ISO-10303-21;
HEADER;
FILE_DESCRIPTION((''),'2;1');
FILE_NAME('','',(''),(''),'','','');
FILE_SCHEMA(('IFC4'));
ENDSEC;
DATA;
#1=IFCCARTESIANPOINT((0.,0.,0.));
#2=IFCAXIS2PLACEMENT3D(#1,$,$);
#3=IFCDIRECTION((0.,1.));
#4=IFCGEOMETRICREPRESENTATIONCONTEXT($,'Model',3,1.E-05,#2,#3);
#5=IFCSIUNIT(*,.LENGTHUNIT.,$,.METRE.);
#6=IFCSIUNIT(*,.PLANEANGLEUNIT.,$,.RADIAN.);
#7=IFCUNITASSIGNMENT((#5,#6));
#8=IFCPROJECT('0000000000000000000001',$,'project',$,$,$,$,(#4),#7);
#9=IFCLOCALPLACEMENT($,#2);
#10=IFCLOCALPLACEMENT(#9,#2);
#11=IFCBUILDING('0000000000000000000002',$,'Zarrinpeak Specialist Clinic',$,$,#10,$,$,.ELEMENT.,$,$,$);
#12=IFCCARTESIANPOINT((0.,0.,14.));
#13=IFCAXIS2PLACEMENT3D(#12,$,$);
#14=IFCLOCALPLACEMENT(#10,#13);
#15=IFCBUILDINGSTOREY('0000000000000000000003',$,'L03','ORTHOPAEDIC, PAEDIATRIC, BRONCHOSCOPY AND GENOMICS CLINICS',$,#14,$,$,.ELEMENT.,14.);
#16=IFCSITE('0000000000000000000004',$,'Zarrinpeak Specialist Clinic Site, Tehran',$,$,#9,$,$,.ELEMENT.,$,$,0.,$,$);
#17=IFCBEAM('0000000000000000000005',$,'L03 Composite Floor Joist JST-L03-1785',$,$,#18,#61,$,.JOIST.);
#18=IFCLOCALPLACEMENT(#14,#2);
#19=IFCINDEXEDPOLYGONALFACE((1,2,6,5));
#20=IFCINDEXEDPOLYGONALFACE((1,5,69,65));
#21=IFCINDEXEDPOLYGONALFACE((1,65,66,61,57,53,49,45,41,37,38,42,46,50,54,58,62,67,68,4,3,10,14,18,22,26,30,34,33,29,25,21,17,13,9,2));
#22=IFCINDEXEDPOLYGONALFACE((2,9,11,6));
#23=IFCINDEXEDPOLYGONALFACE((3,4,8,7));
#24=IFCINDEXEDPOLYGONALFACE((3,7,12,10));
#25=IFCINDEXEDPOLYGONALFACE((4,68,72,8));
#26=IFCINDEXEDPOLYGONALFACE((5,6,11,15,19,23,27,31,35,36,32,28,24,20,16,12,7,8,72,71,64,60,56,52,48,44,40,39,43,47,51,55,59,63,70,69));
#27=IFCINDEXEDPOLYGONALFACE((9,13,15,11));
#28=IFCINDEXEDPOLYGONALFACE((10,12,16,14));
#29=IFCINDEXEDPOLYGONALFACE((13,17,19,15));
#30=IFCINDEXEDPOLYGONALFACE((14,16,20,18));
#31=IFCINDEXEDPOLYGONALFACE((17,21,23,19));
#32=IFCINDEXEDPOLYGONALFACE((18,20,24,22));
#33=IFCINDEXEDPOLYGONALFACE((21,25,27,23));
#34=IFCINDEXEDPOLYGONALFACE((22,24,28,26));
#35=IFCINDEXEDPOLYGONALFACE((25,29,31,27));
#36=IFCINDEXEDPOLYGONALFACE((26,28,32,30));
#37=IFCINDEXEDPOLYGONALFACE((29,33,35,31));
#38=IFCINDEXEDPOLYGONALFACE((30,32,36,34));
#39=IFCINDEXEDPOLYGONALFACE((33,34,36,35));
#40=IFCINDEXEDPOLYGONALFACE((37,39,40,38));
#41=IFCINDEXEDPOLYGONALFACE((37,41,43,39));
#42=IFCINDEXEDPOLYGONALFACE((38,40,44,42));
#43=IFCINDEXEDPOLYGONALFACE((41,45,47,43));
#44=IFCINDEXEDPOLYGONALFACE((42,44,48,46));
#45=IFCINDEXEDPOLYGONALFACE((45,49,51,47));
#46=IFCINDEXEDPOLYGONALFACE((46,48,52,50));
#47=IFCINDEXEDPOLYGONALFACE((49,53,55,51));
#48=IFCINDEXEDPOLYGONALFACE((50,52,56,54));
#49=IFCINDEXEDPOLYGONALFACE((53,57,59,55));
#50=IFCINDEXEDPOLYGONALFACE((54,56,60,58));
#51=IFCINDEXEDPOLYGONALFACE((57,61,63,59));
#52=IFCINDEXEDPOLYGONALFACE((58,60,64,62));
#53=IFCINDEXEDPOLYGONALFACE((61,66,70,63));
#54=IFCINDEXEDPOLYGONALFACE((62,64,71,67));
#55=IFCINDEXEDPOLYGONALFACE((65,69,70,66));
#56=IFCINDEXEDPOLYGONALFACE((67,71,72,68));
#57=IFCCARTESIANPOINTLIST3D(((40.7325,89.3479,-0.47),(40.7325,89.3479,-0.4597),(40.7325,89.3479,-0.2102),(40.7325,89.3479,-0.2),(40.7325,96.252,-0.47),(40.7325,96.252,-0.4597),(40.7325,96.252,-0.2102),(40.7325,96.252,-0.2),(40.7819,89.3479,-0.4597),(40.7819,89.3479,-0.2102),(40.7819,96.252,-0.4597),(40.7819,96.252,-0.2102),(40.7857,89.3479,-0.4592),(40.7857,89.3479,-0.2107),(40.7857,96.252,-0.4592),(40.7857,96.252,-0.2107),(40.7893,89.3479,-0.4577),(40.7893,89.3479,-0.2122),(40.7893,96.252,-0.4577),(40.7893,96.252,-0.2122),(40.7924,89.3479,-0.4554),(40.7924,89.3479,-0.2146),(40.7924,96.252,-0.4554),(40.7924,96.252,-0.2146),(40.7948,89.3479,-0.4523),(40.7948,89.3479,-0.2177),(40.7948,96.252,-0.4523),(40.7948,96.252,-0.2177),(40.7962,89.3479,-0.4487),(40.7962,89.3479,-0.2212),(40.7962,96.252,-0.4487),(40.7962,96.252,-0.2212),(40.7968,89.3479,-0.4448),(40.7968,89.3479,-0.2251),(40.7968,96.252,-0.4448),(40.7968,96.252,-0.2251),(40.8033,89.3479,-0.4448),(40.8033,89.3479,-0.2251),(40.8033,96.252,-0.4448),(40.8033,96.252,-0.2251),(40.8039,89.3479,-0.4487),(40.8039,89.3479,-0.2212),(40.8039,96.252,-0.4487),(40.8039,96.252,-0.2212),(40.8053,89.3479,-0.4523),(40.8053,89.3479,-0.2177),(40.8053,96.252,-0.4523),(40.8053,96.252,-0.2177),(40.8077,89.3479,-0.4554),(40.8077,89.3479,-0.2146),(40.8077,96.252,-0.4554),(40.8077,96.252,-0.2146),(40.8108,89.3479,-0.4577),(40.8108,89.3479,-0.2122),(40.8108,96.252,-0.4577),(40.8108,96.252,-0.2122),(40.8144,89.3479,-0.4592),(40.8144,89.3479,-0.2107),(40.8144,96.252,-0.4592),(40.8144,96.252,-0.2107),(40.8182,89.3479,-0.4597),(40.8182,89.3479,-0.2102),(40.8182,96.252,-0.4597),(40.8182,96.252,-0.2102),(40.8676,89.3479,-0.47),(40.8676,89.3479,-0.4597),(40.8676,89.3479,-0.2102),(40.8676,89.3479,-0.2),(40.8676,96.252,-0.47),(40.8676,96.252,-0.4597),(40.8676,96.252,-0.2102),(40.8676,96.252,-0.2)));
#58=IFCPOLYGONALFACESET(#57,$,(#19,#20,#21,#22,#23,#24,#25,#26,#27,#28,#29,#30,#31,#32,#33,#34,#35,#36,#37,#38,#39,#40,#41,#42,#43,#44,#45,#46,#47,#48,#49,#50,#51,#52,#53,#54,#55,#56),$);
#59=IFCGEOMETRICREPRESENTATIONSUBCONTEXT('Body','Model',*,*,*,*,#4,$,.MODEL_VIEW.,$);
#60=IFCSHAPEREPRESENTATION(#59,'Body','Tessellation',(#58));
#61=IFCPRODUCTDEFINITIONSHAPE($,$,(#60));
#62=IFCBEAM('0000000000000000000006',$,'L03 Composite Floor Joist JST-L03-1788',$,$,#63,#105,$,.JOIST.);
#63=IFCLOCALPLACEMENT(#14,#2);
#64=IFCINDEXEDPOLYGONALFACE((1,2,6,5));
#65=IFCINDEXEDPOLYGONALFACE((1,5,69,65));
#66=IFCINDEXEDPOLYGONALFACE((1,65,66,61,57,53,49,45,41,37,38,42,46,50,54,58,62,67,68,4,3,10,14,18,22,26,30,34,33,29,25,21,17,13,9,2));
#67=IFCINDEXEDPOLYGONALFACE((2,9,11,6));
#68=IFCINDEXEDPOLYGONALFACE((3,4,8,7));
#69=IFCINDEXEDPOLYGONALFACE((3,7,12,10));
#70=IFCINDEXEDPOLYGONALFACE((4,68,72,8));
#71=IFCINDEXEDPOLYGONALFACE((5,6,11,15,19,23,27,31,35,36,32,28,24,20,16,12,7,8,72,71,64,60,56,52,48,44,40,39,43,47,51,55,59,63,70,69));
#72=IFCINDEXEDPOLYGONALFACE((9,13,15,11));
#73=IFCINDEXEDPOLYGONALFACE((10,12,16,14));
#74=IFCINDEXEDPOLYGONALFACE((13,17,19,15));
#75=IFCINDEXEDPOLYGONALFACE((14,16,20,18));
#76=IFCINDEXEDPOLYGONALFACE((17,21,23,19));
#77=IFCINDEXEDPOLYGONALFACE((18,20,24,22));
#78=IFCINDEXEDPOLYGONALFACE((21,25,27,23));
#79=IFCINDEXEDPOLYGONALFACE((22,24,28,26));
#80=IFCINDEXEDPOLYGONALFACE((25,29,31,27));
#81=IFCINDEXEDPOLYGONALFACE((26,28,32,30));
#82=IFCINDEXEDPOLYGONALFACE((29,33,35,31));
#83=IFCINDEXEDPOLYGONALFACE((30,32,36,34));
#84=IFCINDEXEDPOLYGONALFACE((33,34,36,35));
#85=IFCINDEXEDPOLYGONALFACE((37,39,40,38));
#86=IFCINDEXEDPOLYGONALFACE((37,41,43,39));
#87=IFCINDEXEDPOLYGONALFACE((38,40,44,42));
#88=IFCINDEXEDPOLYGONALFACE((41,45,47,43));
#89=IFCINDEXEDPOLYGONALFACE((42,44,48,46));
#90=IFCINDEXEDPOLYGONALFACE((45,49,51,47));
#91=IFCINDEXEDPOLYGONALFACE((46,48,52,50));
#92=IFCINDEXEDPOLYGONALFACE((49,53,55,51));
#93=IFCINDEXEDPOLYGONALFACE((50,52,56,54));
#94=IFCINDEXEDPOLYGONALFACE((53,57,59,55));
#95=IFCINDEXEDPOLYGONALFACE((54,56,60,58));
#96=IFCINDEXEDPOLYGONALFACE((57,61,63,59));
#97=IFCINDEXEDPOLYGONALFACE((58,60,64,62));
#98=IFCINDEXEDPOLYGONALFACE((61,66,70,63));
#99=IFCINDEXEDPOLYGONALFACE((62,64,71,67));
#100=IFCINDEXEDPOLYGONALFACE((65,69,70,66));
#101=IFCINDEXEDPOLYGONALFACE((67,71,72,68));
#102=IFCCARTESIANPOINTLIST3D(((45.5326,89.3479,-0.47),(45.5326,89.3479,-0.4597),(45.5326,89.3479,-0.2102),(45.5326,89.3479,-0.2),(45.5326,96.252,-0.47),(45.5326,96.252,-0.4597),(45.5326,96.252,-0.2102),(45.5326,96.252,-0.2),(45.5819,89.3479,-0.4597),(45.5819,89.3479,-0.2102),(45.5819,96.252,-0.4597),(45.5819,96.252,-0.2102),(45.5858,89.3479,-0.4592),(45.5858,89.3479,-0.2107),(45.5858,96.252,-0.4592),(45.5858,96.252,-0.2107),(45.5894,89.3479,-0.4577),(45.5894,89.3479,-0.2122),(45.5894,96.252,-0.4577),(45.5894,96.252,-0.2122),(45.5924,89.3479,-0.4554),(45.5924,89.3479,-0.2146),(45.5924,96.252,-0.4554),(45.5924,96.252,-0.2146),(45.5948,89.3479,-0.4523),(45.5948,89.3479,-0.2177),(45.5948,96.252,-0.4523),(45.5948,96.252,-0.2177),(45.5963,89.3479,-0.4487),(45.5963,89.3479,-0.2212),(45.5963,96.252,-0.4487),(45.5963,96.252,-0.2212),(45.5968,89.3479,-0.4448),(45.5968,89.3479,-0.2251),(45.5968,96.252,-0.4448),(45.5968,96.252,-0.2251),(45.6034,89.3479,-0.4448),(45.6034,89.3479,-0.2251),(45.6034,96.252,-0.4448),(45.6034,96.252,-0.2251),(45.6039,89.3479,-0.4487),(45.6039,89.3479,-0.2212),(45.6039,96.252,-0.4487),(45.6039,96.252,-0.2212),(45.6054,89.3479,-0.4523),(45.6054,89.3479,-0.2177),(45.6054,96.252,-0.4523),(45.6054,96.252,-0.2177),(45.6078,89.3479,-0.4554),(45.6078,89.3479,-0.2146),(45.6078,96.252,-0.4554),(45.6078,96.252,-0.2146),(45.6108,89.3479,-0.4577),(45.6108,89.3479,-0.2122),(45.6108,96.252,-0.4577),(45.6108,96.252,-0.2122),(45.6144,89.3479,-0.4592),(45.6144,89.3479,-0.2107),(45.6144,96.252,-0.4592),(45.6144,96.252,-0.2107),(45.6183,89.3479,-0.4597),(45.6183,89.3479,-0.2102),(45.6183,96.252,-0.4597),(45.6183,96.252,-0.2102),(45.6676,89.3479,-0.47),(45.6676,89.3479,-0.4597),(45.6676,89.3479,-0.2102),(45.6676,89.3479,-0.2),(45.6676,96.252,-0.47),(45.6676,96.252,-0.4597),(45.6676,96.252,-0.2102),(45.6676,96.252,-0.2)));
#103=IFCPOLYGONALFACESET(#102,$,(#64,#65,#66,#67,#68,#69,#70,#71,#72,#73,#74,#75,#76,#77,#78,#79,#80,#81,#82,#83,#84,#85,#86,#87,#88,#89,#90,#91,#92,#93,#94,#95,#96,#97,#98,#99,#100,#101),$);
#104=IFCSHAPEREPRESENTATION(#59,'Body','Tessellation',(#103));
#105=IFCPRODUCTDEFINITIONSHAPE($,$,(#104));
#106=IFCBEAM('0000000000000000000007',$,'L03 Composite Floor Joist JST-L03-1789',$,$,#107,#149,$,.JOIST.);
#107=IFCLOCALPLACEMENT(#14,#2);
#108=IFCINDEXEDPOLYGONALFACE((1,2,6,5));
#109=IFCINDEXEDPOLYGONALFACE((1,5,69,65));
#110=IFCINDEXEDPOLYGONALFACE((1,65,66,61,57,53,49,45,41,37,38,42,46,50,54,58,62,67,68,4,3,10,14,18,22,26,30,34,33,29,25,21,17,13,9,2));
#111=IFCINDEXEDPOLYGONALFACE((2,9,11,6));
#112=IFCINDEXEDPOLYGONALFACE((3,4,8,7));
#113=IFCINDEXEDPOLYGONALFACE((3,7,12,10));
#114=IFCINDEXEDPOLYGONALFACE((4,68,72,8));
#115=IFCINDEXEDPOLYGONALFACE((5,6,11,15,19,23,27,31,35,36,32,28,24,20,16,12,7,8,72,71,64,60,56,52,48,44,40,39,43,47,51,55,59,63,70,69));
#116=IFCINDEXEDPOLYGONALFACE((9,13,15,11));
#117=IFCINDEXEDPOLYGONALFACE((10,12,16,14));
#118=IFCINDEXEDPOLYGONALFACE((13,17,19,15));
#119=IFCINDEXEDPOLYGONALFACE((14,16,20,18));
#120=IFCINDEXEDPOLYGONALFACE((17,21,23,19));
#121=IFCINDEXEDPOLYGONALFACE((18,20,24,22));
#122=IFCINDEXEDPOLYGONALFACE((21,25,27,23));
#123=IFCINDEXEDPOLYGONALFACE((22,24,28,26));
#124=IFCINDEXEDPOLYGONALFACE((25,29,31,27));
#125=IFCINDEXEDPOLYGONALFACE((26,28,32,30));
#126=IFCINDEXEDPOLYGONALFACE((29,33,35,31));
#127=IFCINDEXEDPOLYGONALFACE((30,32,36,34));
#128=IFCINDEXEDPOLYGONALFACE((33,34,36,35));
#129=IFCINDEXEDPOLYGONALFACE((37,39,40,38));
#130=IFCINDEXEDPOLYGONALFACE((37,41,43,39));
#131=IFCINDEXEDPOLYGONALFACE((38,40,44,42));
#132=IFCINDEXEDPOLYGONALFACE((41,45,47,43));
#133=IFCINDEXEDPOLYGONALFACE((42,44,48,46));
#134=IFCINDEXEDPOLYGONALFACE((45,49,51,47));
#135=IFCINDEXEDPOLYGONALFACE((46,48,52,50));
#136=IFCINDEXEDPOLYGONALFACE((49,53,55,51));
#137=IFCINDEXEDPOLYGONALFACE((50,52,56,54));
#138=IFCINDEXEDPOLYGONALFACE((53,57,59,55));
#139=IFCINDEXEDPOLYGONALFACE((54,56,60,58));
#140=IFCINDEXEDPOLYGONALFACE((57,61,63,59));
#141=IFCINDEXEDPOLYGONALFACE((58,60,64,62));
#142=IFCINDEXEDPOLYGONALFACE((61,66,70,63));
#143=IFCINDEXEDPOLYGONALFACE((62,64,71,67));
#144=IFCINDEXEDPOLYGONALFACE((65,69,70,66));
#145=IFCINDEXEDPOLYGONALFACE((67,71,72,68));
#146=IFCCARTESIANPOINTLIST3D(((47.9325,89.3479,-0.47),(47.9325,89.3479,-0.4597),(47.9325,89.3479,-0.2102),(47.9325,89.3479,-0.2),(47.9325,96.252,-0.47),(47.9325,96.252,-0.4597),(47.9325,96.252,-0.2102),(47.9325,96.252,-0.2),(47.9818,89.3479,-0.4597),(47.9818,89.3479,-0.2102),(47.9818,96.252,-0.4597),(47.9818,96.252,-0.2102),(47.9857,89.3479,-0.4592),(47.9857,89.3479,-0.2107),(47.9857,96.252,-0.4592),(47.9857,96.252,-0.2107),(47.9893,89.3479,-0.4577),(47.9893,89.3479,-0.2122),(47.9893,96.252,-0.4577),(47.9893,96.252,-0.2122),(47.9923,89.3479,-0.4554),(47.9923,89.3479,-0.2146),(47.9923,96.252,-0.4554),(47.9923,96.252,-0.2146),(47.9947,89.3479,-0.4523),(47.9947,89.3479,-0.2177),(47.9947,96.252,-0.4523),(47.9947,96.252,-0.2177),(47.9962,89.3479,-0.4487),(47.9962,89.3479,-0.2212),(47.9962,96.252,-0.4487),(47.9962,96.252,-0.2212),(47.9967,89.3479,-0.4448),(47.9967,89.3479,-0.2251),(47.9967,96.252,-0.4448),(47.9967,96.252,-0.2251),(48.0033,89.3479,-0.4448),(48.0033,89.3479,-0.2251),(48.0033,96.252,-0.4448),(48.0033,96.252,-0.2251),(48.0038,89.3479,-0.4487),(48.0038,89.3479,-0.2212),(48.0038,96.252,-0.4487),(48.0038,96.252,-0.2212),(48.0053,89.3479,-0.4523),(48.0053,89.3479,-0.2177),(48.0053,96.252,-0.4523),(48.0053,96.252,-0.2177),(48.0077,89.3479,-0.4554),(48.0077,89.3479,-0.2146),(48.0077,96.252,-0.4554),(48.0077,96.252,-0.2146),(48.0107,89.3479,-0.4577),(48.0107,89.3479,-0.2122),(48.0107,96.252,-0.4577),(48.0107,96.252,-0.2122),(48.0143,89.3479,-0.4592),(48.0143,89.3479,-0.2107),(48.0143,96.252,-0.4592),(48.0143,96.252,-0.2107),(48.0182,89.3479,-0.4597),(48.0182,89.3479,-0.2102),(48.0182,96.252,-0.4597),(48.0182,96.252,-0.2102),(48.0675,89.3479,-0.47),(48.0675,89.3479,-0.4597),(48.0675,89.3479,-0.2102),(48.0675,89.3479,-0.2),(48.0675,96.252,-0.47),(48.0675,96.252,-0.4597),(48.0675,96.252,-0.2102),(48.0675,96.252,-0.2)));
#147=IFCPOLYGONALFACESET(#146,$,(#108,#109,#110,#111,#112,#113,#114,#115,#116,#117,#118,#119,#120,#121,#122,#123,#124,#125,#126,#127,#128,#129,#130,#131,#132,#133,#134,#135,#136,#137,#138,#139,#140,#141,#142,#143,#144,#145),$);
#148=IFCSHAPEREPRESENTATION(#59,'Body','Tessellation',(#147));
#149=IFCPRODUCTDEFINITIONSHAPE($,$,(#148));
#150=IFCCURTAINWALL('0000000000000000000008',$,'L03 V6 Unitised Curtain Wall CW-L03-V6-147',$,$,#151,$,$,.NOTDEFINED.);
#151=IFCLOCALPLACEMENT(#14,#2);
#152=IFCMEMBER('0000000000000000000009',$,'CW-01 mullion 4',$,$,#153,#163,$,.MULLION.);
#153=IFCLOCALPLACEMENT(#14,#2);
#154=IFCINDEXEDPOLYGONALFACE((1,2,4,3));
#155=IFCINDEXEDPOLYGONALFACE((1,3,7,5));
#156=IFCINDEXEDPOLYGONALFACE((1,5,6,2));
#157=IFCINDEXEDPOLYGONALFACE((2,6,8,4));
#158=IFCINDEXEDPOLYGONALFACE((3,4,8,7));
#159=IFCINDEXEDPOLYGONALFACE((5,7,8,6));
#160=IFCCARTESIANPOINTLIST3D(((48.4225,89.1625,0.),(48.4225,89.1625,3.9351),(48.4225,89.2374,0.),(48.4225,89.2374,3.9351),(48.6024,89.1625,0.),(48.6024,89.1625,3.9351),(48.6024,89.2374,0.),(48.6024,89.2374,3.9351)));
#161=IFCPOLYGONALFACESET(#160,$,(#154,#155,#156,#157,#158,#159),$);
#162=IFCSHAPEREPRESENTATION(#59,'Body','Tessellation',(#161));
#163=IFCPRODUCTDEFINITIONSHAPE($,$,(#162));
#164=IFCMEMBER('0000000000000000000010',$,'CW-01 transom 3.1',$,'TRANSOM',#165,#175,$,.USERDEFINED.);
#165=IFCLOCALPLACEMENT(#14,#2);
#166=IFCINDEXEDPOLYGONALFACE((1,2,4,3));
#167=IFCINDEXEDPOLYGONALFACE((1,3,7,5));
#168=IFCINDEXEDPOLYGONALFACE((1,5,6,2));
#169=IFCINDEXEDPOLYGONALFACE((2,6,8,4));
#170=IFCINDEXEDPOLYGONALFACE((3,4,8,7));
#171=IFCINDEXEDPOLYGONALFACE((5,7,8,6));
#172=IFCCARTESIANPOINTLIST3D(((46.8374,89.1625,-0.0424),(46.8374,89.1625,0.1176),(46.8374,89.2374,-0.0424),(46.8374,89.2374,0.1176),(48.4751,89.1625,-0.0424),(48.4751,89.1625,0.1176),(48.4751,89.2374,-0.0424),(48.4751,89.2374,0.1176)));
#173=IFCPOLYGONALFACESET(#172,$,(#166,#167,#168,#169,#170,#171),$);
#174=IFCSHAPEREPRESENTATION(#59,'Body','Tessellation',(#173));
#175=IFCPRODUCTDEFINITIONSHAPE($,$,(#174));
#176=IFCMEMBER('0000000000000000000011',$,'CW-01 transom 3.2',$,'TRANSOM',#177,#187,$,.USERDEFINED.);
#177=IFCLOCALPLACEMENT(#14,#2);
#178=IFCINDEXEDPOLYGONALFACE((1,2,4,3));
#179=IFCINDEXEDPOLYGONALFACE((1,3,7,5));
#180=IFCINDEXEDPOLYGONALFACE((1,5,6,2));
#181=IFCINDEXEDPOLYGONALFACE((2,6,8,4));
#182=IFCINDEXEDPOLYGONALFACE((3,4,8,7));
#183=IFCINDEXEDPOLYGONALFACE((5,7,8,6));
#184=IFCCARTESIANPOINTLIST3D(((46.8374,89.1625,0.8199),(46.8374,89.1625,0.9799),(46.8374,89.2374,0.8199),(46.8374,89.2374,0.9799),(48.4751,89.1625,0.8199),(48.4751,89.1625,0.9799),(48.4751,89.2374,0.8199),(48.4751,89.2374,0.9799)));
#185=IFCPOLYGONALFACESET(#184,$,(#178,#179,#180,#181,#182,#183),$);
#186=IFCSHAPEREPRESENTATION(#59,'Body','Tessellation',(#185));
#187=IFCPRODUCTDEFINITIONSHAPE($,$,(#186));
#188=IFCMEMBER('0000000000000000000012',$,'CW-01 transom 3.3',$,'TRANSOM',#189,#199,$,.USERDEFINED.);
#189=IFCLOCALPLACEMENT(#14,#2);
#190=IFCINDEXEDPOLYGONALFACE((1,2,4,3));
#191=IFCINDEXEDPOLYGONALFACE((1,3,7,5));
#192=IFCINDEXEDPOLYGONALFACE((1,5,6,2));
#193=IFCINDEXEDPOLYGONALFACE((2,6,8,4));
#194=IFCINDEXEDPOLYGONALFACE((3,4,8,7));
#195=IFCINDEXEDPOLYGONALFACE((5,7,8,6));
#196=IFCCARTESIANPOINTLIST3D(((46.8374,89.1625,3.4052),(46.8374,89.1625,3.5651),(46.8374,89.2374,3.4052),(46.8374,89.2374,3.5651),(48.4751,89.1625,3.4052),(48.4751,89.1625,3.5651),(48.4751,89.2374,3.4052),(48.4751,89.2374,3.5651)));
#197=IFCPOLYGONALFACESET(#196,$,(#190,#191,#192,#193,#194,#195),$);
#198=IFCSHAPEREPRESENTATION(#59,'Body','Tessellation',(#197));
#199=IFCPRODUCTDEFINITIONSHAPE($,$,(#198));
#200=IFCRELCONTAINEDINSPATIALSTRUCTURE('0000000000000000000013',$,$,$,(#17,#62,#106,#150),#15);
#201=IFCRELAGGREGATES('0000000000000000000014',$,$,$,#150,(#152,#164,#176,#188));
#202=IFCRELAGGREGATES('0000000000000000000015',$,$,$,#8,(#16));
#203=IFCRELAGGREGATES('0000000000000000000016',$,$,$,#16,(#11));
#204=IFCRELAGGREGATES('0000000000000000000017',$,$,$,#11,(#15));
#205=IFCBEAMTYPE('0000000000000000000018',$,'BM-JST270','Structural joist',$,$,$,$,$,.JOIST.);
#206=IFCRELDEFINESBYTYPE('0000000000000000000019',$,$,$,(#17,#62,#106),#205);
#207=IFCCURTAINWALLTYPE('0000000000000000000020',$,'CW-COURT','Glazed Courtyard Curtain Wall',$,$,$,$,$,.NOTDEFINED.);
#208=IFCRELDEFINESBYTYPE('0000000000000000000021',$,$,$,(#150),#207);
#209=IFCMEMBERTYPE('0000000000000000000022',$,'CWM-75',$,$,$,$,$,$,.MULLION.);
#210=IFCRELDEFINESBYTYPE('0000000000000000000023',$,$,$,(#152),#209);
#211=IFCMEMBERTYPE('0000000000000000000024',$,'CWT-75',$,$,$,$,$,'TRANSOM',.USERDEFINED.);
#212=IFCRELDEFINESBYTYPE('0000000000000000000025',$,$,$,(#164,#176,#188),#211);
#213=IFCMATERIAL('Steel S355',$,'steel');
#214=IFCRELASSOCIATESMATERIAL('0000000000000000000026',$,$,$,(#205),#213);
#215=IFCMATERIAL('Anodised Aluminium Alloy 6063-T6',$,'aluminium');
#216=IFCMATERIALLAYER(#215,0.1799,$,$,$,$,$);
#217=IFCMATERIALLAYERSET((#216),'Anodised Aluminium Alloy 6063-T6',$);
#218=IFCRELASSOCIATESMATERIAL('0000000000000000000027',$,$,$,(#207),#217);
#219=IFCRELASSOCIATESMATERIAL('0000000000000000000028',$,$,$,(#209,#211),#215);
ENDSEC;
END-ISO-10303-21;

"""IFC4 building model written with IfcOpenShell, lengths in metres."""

from ifc_helpers import new_model, si_unit, direction, frame, origin, origin_2d, place, context, subcontext, project, spatial, rectangle, i_section, extrude, material, layer, layer_set, material_profile, profile_set, type_object, element, aggregate, save


model = new_model("IFC4")

# Units and contexts
model_context = context("Model", 3, precision=1e-05, world=origin(), true_north=direction((0.0, 1.0)))
body_context = subcontext(model_context, "Body", "Model", "MODEL_VIEW")
ifc_project = project(units=[si_unit("LENGTHUNIT", "METRE"), si_unit("PLANEANGLEUNIT", "RADIAN")], contexts=[model_context])

# Site, building, storey
site_placement = place(None, origin())
site = spatial("IfcSite", under=ifc_project, at=site_placement, Name="Zarrinpeak Specialist Clinic Site, Tehran", CompositionType="ELEMENT", RefElevation=0.0)
building_placement = place(site_placement, origin())
building = spatial("IfcBuilding", under=site, at=building_placement, Name="Zarrinpeak Specialist Clinic", CompositionType="ELEMENT")
storey_placement = place(building_placement, frame((0.0, 0.0, 14.0)))
storey = spatial("IfcBuildingStorey", under=building, at=storey_placement, Name="L03", Description="ORTHOPAEDIC, PAEDIATRIC, BRONCHOSCOPY AND GENOMICS CLINICS", CompositionType="ELEMENT", Elevation=14.0)

# Shared definitions
ifc_material_1 = material(Name="Steel S355", Category="steel")

# Beams
ifc_material_profile_1 = material_profile(ifc_material_1, i_section(OverallWidth=0.135, OverallDepth=0.27, WebThickness=0.0066, FlangeThickness=0.0103, FilletRadius=0.0149, at=origin_2d()), Name="IPE 270")
ifc_profile_set_1 = profile_set([ifc_material_profile_1], Name="Steel S355")
beam_type_1 = type_object("IfcBeamType", Name="BM-JST270", Description="Structural joist", PredefinedType="JOIST", material=ifc_profile_set_1)
for number, where, z_axis, x_axis, name in (
    (1, (40.8, 89.3479, -0.335), (0.0, 1.0, 0.0), (-1.0, 0.0, 0.0), "L03 Composite Floor Joist JST-L03-1785"),
    (2, (45.6001, 89.3479, -0.335), (0.0, 1.0, 0.0), (-1.0, 0.0, 0.0), "L03 Composite Floor Joist JST-L03-1788"),
    (3, (48.0, 89.3479, -0.335), (0.0, 1.0, 0.0), (-1.0, 0.0, 0.0), "L03 Composite Floor Joist JST-L03-1789"),
):
    element("IfcBeam", number, at=place(storey_placement, frame(where, z_axis=z_axis, x_axis=x_axis)), inside=storey, type_object=beam_type_1, Name=name, PredefinedType="JOIST", context=body_context, shape_type="SweptSolid", body=[
        extrude(i_section(OverallWidth=0.135, OverallDepth=0.27, WebThickness=0.0066, FlangeThickness=0.0103, FilletRadius=0.0149, at=origin_2d()), origin(), (0.0, 0.0, 1.0), 6.9041),
    ])

# Curtain wall, members
ifc_material_2 = material(Name="Anodised Aluminium Alloy 6063-T6", Category="aluminium")
ifc_layer_1 = layer(ifc_material_2, 0.1799)
ifc_layer_set_1 = layer_set([ifc_layer_1], Name="Anodised Aluminium Alloy 6063-T6")
curtain_wall_type = type_object("IfcCurtainWallType", Name="CW-COURT", Description="Glazed Courtyard Curtain Wall", PredefinedType="NOTDEFINED", material=ifc_layer_set_1)
curtain_wall_placement = place(storey_placement, origin())
curtain_wall = element("IfcCurtainWall", 4, at=curtain_wall_placement, inside=storey, type_object=curtain_wall_type, Name="L03 V6 Unitised Curtain Wall CW-L03-V6-147", PredefinedType="NOTDEFINED")
ifc_material_profile_2 = material_profile(ifc_material_2, rectangle(XDim=0.075, YDim=0.1799, at=origin_2d()), Name="ALU 75x180")
ifc_profile_set_2 = profile_set([ifc_material_profile_2], Name="Anodised Aluminium Alloy 6063-T6")
member_type_1 = type_object("IfcMemberType", Name="CWM-75", PredefinedType="MULLION", material=ifc_profile_set_2)
member_1_placement = place(storey_placement, frame((48.5125, 89.2, 0.0), z_axis=(0.0, 0.0, 1.0), x_axis=(0.0, 1.0, 0.0)))
member_1 = element("IfcMember", 5, at=member_1_placement, type_object=member_type_1, Name="CW-01 mullion 4", PredefinedType="MULLION", context=body_context, shape_type="SweptSolid", body=[
    extrude(rectangle(XDim=0.075, YDim=0.1799, at=origin_2d()), origin(), (0.0, 0.0, 1.0), 3.9351),
])
ifc_material_profile_3 = material_profile(ifc_material_2, rectangle(XDim=0.075, YDim=0.1599, at=origin_2d()), Name="ALU 75x160")
ifc_profile_set_3 = profile_set([ifc_material_profile_3], Name="Anodised Aluminium Alloy 6063-T6")
member_type_2 = type_object("IfcMemberType", Name="CWT-75", ElementType="TRANSOM", PredefinedType="USERDEFINED", material=ifc_profile_set_3)
member_2_placement = place(storey_placement, frame((46.8374, 89.2, 0.0376), z_axis=(1.0, 0.0, 0.0), x_axis=(0.0, 1.0, 0.0)))
member_2 = element("IfcMember", 6, at=member_2_placement, type_object=member_type_2, Name="CW-01 transom 3.1", ObjectType="TRANSOM", PredefinedType="USERDEFINED", context=body_context, shape_type="SweptSolid", body=[
    extrude(rectangle(XDim=0.075, YDim=0.1599, at=origin_2d()), origin(), (0.0, 0.0, 1.0), 1.6377),
])
member_3_placement = place(storey_placement, frame((46.8374, 89.2, 0.8999), z_axis=(1.0, 0.0, 0.0), x_axis=(0.0, 1.0, 0.0)))
member_3 = element("IfcMember", 7, at=member_3_placement, type_object=member_type_2, Name="CW-01 transom 3.2", ObjectType="TRANSOM", PredefinedType="USERDEFINED", context=body_context, shape_type="SweptSolid", body=[
    extrude(rectangle(XDim=0.075, YDim=0.1599, at=origin_2d()), origin(), (0.0, 0.0, 1.0), 1.6377),
])
member_4_placement = place(storey_placement, frame((46.8374, 89.2, 3.4851), z_axis=(1.0, 0.0, 0.0), x_axis=(0.0, 1.0, 0.0)))
member_4 = element("IfcMember", 8, at=member_4_placement, type_object=member_type_2, Name="CW-01 transom 3.3", ObjectType="TRANSOM", PredefinedType="USERDEFINED", context=body_context, shape_type="SweptSolid", body=[
    extrude(rectangle(XDim=0.075, YDim=0.1599, at=origin_2d()), origin(), (0.0, 0.0, 1.0), 1.6377),
])
aggregate(curtain_wall, [member_1, member_2, member_3, member_4])

save(model, "model.ifc")
